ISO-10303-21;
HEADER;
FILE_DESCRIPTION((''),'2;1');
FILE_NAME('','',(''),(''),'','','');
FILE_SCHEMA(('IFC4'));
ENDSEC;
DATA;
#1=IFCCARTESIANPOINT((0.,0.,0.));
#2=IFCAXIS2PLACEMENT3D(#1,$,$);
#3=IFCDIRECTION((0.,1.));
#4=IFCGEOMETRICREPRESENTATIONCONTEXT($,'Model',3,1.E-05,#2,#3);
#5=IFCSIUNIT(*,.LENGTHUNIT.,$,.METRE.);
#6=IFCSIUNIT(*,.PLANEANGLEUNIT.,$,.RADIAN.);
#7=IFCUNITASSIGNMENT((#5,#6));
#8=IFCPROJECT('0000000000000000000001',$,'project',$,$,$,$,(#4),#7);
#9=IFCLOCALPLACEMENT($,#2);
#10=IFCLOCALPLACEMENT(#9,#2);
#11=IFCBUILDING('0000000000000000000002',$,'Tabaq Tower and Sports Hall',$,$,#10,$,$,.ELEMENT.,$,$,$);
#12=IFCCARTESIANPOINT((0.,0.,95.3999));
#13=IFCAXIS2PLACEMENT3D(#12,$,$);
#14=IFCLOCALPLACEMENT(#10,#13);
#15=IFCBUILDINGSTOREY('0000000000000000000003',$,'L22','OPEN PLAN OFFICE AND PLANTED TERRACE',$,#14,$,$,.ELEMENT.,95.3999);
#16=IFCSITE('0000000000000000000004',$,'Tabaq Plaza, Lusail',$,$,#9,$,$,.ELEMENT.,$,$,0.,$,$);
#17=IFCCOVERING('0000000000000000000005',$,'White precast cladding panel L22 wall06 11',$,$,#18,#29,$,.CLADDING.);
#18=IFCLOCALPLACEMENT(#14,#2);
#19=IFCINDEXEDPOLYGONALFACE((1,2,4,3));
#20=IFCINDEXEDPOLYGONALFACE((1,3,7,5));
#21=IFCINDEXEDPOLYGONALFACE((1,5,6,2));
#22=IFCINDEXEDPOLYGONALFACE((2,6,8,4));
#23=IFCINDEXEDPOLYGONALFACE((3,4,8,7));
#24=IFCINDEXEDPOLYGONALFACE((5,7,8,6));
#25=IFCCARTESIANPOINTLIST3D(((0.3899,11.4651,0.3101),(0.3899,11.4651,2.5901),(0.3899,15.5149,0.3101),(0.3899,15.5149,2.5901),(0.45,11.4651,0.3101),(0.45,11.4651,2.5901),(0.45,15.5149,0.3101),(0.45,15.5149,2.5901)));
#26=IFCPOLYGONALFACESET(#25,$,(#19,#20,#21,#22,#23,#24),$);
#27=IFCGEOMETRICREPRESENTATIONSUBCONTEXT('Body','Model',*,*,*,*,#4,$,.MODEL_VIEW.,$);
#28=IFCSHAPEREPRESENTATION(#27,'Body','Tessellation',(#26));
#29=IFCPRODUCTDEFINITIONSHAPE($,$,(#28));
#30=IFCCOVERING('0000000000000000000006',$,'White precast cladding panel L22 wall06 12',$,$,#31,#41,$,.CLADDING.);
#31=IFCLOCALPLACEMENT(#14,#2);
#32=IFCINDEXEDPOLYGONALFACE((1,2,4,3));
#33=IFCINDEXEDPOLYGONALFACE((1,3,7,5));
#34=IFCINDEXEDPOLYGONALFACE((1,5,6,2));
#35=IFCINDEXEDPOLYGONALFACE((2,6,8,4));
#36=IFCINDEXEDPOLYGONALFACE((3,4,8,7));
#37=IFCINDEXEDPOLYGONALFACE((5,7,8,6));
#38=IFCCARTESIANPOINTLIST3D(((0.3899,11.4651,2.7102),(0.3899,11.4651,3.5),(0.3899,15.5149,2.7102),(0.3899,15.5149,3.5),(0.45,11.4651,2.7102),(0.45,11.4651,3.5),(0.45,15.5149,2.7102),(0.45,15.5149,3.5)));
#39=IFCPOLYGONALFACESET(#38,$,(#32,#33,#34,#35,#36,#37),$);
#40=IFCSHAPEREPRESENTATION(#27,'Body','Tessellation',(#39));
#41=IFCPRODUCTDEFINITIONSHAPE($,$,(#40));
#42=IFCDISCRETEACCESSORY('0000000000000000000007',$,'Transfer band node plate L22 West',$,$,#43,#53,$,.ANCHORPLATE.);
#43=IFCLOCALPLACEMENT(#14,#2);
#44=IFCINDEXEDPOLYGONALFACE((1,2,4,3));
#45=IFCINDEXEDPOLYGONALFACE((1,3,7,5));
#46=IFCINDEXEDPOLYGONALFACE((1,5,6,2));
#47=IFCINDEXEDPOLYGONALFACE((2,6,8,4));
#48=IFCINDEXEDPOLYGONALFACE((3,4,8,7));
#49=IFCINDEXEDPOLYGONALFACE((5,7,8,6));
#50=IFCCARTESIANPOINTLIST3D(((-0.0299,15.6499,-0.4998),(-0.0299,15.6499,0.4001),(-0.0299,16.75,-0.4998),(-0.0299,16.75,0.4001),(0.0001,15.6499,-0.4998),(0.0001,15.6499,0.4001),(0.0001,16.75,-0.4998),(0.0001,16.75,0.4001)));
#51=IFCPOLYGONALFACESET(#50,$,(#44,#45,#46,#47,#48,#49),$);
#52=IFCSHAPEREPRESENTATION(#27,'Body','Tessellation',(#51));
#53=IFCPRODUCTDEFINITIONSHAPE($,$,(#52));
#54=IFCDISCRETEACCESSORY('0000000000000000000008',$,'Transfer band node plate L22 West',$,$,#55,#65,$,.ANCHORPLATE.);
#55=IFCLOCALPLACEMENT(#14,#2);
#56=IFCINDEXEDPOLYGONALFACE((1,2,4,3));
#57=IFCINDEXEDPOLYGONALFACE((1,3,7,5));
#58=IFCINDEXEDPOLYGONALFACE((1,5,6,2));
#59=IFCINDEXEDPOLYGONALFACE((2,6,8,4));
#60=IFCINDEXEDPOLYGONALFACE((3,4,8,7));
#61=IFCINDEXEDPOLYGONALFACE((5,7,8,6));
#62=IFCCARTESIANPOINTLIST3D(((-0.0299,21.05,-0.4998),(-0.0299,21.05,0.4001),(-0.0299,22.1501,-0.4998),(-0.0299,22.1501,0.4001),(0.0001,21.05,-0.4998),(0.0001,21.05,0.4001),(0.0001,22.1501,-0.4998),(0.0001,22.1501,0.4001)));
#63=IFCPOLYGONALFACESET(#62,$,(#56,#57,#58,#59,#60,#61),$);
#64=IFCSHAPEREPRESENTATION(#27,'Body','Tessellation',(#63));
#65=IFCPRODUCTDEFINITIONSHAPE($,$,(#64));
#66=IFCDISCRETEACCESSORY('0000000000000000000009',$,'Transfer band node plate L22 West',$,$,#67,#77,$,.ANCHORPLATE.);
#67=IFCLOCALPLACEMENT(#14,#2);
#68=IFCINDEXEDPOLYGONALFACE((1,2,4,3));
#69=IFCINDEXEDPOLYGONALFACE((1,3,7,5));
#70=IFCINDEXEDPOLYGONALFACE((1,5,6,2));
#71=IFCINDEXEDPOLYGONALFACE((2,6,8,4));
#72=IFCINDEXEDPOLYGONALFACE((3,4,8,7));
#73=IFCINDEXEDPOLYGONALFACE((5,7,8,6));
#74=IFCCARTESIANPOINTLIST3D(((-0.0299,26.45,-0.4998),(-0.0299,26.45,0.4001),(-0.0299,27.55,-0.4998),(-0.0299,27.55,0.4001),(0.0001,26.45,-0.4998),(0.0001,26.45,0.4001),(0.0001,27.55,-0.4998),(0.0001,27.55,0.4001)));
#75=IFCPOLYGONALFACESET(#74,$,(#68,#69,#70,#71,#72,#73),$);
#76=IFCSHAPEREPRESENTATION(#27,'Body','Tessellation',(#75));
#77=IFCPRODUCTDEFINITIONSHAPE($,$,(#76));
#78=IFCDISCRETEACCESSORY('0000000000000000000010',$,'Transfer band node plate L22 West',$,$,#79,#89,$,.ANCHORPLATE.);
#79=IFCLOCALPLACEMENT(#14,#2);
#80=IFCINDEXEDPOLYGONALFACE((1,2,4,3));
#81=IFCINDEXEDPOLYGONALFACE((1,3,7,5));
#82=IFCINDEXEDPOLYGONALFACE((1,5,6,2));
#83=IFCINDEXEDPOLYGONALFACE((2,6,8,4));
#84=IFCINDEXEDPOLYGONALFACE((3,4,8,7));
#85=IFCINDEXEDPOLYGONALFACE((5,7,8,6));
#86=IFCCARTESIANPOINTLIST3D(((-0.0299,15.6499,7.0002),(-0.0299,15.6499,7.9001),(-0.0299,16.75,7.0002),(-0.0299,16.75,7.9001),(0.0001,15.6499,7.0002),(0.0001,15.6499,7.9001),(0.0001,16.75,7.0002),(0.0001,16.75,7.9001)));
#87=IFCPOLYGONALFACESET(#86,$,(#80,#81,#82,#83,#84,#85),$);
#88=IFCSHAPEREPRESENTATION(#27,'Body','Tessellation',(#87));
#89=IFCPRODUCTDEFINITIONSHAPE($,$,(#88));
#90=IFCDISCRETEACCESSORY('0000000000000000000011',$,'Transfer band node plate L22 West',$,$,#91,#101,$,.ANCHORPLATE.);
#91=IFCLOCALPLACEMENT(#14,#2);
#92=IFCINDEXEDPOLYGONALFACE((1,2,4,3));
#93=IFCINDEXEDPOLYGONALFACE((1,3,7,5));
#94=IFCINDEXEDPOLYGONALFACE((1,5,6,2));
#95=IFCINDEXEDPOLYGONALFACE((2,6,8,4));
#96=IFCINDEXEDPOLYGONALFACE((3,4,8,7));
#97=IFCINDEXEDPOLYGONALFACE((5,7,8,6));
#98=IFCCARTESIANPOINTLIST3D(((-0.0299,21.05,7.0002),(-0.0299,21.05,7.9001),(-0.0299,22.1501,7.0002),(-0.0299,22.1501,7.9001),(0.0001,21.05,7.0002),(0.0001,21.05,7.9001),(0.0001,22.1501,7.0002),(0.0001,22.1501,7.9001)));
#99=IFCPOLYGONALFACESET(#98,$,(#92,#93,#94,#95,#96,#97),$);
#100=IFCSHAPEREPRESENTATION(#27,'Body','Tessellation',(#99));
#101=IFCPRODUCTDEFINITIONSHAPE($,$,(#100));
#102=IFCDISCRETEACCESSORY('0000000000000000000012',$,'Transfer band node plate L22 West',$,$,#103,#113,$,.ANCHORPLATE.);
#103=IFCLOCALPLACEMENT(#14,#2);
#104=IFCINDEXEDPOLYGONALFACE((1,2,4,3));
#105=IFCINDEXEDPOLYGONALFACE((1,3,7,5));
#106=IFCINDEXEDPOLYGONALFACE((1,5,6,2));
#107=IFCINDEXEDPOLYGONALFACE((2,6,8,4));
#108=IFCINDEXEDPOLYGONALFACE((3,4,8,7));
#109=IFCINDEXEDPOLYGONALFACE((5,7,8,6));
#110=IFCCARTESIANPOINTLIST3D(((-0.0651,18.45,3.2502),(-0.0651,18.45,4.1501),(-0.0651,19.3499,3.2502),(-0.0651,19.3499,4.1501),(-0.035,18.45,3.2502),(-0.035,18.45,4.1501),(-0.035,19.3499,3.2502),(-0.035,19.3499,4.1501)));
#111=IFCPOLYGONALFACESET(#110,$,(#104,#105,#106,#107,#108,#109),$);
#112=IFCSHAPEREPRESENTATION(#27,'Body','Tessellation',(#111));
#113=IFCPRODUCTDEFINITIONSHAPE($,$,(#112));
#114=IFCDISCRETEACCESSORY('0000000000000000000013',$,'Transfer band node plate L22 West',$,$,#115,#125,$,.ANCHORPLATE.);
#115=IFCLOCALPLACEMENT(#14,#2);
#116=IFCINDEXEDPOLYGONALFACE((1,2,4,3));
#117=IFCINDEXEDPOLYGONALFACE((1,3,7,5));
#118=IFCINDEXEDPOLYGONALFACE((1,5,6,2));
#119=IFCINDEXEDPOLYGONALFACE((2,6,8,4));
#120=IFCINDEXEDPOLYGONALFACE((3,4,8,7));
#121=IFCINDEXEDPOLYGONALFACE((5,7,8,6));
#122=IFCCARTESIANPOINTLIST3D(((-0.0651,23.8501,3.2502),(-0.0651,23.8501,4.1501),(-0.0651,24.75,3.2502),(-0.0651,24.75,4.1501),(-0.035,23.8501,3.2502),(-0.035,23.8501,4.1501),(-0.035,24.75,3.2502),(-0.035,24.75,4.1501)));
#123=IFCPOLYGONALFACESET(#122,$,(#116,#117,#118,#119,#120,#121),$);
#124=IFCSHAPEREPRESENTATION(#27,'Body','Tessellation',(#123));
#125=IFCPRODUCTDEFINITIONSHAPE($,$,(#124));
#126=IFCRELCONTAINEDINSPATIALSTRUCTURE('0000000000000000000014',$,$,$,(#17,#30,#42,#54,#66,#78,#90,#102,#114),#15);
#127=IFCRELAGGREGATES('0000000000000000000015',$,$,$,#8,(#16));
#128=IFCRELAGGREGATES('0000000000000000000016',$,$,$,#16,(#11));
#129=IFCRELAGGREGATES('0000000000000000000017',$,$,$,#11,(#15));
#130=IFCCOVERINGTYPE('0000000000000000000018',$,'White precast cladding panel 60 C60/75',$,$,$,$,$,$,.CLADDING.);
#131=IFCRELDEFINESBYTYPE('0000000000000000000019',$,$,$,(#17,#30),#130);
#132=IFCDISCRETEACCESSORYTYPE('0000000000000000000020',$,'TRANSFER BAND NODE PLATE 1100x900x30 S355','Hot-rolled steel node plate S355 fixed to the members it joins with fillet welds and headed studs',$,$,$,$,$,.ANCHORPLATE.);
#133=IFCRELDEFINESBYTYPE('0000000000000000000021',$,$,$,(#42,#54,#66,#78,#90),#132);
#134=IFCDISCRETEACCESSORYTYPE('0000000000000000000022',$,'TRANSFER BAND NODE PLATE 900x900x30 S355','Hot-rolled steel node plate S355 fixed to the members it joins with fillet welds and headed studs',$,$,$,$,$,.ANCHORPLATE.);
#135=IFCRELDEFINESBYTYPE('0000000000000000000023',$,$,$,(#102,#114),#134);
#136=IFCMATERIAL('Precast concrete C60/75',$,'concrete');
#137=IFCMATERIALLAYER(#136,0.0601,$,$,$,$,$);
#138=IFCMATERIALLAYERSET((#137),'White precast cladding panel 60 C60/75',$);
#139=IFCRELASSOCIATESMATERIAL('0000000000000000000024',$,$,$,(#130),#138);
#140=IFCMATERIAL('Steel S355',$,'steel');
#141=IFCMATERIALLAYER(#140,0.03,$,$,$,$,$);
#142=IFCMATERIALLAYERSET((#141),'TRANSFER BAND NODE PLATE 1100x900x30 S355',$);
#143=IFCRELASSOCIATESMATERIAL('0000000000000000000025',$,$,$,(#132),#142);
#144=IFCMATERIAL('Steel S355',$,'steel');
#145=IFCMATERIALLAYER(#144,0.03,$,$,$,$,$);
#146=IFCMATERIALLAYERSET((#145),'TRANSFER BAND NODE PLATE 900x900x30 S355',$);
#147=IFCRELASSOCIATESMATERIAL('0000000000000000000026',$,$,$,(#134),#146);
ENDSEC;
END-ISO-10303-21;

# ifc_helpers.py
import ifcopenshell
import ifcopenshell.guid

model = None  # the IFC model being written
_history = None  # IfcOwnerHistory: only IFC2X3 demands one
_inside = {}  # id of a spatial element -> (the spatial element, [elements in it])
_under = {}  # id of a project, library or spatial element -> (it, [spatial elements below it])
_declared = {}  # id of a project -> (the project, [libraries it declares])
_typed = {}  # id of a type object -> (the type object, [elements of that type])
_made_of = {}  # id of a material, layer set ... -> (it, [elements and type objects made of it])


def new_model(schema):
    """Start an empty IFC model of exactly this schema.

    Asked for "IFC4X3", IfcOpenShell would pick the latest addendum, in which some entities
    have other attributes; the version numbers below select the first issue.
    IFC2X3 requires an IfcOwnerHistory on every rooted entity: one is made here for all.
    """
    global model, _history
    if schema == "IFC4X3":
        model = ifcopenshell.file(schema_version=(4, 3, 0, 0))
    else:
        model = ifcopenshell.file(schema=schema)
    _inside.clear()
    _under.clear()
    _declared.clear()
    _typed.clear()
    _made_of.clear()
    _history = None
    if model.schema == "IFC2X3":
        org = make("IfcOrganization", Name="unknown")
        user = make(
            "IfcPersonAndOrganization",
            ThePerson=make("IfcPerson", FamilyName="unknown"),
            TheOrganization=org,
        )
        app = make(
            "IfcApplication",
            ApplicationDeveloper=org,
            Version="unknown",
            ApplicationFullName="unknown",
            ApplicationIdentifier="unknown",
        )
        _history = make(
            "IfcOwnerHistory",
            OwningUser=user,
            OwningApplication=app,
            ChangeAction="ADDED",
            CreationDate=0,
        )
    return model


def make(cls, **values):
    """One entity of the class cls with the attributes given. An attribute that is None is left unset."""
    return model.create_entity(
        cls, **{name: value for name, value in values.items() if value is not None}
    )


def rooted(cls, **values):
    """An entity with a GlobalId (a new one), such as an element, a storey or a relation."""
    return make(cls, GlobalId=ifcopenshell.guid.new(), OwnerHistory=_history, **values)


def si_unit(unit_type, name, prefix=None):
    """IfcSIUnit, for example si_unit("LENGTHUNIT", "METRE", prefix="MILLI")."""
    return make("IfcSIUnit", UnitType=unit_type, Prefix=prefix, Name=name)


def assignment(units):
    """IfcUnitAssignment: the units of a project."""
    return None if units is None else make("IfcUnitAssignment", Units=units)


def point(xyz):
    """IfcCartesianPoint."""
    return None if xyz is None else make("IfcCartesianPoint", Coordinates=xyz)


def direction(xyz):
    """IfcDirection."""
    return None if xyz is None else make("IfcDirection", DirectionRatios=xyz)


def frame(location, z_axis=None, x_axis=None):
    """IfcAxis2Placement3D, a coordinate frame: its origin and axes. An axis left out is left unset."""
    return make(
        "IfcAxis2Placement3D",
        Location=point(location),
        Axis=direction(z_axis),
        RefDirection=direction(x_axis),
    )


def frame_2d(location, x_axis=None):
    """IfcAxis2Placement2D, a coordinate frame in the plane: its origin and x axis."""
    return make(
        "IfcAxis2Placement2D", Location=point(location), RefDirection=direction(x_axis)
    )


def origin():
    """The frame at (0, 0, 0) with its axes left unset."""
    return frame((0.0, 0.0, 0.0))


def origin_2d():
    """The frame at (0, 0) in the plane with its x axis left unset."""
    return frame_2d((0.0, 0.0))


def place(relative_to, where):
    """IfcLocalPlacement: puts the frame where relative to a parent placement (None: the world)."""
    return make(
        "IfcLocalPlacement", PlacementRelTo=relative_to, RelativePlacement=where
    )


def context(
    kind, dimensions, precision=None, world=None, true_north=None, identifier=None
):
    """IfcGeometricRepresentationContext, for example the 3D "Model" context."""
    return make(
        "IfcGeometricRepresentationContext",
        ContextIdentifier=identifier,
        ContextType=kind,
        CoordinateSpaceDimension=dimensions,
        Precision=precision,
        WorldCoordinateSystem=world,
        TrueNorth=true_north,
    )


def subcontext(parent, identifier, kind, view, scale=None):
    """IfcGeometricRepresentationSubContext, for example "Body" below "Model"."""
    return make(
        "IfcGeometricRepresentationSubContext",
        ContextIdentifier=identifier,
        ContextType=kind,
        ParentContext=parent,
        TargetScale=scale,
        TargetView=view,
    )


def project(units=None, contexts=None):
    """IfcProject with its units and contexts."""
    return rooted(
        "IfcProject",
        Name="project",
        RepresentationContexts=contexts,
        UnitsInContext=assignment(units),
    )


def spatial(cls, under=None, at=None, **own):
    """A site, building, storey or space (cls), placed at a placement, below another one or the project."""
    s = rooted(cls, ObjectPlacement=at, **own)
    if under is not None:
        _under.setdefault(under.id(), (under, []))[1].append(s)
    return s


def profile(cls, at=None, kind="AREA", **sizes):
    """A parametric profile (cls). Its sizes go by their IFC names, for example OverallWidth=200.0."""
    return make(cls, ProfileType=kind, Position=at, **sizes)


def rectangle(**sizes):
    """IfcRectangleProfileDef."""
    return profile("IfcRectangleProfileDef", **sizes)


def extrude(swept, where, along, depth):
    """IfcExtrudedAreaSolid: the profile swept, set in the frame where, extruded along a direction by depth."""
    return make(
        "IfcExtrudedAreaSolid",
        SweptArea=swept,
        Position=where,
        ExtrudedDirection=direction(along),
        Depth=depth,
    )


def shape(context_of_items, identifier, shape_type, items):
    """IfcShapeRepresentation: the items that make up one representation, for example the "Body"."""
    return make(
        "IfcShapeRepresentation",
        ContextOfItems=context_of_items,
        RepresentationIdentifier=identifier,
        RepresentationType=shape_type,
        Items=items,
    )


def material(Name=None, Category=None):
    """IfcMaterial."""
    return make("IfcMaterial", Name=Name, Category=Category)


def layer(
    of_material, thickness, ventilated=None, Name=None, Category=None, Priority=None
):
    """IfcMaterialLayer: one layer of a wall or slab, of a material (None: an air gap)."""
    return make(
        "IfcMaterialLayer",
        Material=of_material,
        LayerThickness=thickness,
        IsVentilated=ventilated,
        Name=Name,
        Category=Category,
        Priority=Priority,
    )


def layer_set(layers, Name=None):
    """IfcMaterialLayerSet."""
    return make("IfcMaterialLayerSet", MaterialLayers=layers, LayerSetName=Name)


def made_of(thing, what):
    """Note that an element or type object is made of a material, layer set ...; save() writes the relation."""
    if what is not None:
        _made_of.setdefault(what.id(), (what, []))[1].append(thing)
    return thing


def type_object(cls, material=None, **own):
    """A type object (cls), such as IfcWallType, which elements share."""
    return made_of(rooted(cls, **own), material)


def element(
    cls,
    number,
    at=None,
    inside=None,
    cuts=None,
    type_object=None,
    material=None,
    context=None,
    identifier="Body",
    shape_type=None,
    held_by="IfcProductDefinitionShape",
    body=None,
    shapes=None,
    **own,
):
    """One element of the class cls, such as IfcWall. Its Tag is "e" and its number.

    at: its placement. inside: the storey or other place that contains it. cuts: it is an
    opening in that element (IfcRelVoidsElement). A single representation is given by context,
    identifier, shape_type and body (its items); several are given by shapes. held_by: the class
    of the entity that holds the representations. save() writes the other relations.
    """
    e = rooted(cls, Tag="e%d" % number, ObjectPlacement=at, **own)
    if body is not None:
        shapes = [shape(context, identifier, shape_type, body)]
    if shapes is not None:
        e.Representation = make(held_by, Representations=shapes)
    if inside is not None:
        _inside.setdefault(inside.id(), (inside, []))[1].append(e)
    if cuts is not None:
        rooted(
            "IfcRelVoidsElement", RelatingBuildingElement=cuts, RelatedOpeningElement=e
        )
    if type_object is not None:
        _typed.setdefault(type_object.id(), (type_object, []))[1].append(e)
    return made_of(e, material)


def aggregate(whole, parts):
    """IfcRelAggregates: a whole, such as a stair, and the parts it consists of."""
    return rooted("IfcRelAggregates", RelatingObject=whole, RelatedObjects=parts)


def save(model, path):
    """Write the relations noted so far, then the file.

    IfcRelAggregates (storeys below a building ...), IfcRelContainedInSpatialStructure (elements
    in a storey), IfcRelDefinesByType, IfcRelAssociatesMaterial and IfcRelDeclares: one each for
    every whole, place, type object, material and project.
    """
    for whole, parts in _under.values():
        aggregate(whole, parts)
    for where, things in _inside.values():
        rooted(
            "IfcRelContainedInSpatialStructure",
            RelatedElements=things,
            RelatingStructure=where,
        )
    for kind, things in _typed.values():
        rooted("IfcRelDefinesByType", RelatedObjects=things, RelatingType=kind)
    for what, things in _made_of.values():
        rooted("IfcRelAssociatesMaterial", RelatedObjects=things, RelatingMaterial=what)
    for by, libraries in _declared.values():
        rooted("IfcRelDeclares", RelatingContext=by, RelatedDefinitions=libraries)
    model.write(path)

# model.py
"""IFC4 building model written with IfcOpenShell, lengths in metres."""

from ifc_helpers import new_model, si_unit, direction, frame, frame_2d, origin, origin_2d, place, context, subcontext, project, spatial, rectangle, extrude, material, layer, layer_set, type_object, element, save


model = new_model("IFC4")

# Units and contexts
model_context = context("Model", 3, precision=1e-05, world=origin(), true_north=direction((0.0, 1.0)))
body_context = subcontext(model_context, "Body", "Model", "MODEL_VIEW")
ifc_project = project(units=[si_unit("LENGTHUNIT", "METRE"), si_unit("PLANEANGLEUNIT", "RADIAN")], contexts=[model_context])

# Site, building, storey
site_placement = place(None, origin())
site = spatial("IfcSite", under=ifc_project, at=site_placement, Name="Tabaq Plaza, Lusail", CompositionType="ELEMENT", RefElevation=0.0)
building_placement = place(site_placement, origin())
building = spatial("IfcBuilding", under=site, at=building_placement, Name="Tabaq Tower and Sports Hall", CompositionType="ELEMENT")
storey_placement = place(building_placement, frame((0.0, 0.0, 95.3999)))
storey = spatial("IfcBuildingStorey", under=building, at=storey_placement, Name="L22", Description="OPEN PLAN OFFICE AND PLANTED TERRACE", CompositionType="ELEMENT", Elevation=95.3999)

# Coverings
ifc_material_1 = material(Name="Precast concrete C60/75", Category="concrete")
ifc_layer_1 = layer(ifc_material_1, 0.0601)
ifc_layer_set_1 = layer_set([ifc_layer_1], Name="White precast cladding panel 60 C60/75")
covering_type_1 = type_object("IfcCoveringType", Name="White precast cladding panel 60 C60/75", PredefinedType="CLADDING", material=ifc_layer_set_1)
covering_1_placement = place(storey_placement, frame((0.4199, 15.5149, 0.3101), z_axis=(0.0, 0.0, 1.0), x_axis=(0.0, -1.0, 0.0)))
element("IfcCovering", 1, at=covering_1_placement, inside=storey, type_object=covering_type_1, Name="White precast cladding panel L22 wall06 11", PredefinedType="CLADDING", context=body_context, shape_type="SweptSolid", body=[
    extrude(rectangle(XDim=4.0498, YDim=0.0601, at=frame_2d((2.0249, 0.0))), origin(), (0.0, 0.0, 1.0), 2.28),
])
covering_2_placement = place(storey_placement, frame((0.4199, 15.5149, 2.7102), z_axis=(0.0, 0.0, 1.0), x_axis=(0.0, -1.0, 0.0)))
element("IfcCovering", 2, at=covering_2_placement, inside=storey, type_object=covering_type_1, Name="White precast cladding panel L22 wall06 12", PredefinedType="CLADDING", context=body_context, shape_type="SweptSolid", body=[
    extrude(rectangle(XDim=4.0498, YDim=0.0601, at=frame_2d((2.0249, 0.0))), origin(), (0.0, 0.0, 1.0), 0.7898),
])

# Discrete accessories
ifc_material_2 = material(Name="Steel S355", Category="steel")
ifc_layer_2 = layer(ifc_material_2, 0.03)
ifc_layer_set_2 = layer_set([ifc_layer_2], Name="TRANSFER BAND NODE PLATE 1100x900x30 S355")
discrete_accessory_type_1 = type_object("IfcDiscreteAccessoryType", Name="TRANSFER BAND NODE PLATE 1100x900x30 S355", Description="Hot-rolled steel node plate S355 fixed to the members it joins with fillet welds and headed studs", PredefinedType="ANCHORPLATE", material=ifc_layer_set_2)
for number, where, z_axis, x_axis, name in (
    (3, (-0.0149, 16.2, -0.4998), (0.0, 0.0, 1.0), (0.0, -1.0, 0.0), "Transfer band node plate L22 West"),
    (4, (-0.0149, 21.6001, -0.4998), (0.0, 0.0, 1.0), (0.0, -1.0, 0.0), "Transfer band node plate L22 West"),
    (5, (-0.0149, 27.0, -0.4998), (0.0, 0.0, 1.0), (0.0, -1.0, 0.0), "Transfer band node plate L22 West"),
    (6, (-0.0149, 16.2, 7.0002), (0.0, 0.0, 1.0), (0.0, -1.0, 0.0), "Transfer band node plate L22 West"),
    (7, (-0.0149, 21.6001, 7.0002), (0.0, 0.0, 1.0), (0.0, -1.0, 0.0), "Transfer band node plate L22 West"),
):
    element("IfcDiscreteAccessory", number, at=place(storey_placement, frame(where, z_axis=z_axis, x_axis=x_axis)), inside=storey, type_object=discrete_accessory_type_1, Name=name, PredefinedType="ANCHORPLATE", context=body_context, shape_type="SweptSolid", body=[
        extrude(rectangle(XDim=1.1001, YDim=0.03, at=origin_2d()), origin(), (0.0, 0.0, 1.0), 0.8999),
    ])
ifc_material_3 = material(Name="Steel S355", Category="steel")
ifc_layer_3 = layer(ifc_material_3, 0.03)
ifc_layer_set_3 = layer_set([ifc_layer_3], Name="TRANSFER BAND NODE PLATE 900x900x30 S355")
discrete_accessory_type_2 = type_object("IfcDiscreteAccessoryType", Name="TRANSFER BAND NODE PLATE 900x900x30 S355", Description="Hot-rolled steel node plate S355 fixed to the members it joins with fillet welds and headed studs", PredefinedType="ANCHORPLATE", material=ifc_layer_set_3)
for number, where, z_axis, x_axis, name in (
    (8, (-0.05, 18.8999, 3.2502), (0.0, 0.0, 1.0), (0.0, -1.0, 0.0), "Transfer band node plate L22 West"),
    (9, (-0.05, 24.3, 3.2502), (0.0, 0.0, 1.0), (0.0, -1.0, 0.0), "Transfer band node plate L22 West"),
):
    element("IfcDiscreteAccessory", number, at=place(storey_placement, frame(where, z_axis=z_axis, x_axis=x_axis)), inside=storey, type_object=discrete_accessory_type_2, Name=name, PredefinedType="ANCHORPLATE", context=body_context, shape_type="SweptSolid", body=[
        extrude(rectangle(XDim=0.8999, YDim=0.03, at=origin_2d()), origin(), (0.0, 0.0, 1.0), 0.8999),
    ])

save(model, "model.ifc")
